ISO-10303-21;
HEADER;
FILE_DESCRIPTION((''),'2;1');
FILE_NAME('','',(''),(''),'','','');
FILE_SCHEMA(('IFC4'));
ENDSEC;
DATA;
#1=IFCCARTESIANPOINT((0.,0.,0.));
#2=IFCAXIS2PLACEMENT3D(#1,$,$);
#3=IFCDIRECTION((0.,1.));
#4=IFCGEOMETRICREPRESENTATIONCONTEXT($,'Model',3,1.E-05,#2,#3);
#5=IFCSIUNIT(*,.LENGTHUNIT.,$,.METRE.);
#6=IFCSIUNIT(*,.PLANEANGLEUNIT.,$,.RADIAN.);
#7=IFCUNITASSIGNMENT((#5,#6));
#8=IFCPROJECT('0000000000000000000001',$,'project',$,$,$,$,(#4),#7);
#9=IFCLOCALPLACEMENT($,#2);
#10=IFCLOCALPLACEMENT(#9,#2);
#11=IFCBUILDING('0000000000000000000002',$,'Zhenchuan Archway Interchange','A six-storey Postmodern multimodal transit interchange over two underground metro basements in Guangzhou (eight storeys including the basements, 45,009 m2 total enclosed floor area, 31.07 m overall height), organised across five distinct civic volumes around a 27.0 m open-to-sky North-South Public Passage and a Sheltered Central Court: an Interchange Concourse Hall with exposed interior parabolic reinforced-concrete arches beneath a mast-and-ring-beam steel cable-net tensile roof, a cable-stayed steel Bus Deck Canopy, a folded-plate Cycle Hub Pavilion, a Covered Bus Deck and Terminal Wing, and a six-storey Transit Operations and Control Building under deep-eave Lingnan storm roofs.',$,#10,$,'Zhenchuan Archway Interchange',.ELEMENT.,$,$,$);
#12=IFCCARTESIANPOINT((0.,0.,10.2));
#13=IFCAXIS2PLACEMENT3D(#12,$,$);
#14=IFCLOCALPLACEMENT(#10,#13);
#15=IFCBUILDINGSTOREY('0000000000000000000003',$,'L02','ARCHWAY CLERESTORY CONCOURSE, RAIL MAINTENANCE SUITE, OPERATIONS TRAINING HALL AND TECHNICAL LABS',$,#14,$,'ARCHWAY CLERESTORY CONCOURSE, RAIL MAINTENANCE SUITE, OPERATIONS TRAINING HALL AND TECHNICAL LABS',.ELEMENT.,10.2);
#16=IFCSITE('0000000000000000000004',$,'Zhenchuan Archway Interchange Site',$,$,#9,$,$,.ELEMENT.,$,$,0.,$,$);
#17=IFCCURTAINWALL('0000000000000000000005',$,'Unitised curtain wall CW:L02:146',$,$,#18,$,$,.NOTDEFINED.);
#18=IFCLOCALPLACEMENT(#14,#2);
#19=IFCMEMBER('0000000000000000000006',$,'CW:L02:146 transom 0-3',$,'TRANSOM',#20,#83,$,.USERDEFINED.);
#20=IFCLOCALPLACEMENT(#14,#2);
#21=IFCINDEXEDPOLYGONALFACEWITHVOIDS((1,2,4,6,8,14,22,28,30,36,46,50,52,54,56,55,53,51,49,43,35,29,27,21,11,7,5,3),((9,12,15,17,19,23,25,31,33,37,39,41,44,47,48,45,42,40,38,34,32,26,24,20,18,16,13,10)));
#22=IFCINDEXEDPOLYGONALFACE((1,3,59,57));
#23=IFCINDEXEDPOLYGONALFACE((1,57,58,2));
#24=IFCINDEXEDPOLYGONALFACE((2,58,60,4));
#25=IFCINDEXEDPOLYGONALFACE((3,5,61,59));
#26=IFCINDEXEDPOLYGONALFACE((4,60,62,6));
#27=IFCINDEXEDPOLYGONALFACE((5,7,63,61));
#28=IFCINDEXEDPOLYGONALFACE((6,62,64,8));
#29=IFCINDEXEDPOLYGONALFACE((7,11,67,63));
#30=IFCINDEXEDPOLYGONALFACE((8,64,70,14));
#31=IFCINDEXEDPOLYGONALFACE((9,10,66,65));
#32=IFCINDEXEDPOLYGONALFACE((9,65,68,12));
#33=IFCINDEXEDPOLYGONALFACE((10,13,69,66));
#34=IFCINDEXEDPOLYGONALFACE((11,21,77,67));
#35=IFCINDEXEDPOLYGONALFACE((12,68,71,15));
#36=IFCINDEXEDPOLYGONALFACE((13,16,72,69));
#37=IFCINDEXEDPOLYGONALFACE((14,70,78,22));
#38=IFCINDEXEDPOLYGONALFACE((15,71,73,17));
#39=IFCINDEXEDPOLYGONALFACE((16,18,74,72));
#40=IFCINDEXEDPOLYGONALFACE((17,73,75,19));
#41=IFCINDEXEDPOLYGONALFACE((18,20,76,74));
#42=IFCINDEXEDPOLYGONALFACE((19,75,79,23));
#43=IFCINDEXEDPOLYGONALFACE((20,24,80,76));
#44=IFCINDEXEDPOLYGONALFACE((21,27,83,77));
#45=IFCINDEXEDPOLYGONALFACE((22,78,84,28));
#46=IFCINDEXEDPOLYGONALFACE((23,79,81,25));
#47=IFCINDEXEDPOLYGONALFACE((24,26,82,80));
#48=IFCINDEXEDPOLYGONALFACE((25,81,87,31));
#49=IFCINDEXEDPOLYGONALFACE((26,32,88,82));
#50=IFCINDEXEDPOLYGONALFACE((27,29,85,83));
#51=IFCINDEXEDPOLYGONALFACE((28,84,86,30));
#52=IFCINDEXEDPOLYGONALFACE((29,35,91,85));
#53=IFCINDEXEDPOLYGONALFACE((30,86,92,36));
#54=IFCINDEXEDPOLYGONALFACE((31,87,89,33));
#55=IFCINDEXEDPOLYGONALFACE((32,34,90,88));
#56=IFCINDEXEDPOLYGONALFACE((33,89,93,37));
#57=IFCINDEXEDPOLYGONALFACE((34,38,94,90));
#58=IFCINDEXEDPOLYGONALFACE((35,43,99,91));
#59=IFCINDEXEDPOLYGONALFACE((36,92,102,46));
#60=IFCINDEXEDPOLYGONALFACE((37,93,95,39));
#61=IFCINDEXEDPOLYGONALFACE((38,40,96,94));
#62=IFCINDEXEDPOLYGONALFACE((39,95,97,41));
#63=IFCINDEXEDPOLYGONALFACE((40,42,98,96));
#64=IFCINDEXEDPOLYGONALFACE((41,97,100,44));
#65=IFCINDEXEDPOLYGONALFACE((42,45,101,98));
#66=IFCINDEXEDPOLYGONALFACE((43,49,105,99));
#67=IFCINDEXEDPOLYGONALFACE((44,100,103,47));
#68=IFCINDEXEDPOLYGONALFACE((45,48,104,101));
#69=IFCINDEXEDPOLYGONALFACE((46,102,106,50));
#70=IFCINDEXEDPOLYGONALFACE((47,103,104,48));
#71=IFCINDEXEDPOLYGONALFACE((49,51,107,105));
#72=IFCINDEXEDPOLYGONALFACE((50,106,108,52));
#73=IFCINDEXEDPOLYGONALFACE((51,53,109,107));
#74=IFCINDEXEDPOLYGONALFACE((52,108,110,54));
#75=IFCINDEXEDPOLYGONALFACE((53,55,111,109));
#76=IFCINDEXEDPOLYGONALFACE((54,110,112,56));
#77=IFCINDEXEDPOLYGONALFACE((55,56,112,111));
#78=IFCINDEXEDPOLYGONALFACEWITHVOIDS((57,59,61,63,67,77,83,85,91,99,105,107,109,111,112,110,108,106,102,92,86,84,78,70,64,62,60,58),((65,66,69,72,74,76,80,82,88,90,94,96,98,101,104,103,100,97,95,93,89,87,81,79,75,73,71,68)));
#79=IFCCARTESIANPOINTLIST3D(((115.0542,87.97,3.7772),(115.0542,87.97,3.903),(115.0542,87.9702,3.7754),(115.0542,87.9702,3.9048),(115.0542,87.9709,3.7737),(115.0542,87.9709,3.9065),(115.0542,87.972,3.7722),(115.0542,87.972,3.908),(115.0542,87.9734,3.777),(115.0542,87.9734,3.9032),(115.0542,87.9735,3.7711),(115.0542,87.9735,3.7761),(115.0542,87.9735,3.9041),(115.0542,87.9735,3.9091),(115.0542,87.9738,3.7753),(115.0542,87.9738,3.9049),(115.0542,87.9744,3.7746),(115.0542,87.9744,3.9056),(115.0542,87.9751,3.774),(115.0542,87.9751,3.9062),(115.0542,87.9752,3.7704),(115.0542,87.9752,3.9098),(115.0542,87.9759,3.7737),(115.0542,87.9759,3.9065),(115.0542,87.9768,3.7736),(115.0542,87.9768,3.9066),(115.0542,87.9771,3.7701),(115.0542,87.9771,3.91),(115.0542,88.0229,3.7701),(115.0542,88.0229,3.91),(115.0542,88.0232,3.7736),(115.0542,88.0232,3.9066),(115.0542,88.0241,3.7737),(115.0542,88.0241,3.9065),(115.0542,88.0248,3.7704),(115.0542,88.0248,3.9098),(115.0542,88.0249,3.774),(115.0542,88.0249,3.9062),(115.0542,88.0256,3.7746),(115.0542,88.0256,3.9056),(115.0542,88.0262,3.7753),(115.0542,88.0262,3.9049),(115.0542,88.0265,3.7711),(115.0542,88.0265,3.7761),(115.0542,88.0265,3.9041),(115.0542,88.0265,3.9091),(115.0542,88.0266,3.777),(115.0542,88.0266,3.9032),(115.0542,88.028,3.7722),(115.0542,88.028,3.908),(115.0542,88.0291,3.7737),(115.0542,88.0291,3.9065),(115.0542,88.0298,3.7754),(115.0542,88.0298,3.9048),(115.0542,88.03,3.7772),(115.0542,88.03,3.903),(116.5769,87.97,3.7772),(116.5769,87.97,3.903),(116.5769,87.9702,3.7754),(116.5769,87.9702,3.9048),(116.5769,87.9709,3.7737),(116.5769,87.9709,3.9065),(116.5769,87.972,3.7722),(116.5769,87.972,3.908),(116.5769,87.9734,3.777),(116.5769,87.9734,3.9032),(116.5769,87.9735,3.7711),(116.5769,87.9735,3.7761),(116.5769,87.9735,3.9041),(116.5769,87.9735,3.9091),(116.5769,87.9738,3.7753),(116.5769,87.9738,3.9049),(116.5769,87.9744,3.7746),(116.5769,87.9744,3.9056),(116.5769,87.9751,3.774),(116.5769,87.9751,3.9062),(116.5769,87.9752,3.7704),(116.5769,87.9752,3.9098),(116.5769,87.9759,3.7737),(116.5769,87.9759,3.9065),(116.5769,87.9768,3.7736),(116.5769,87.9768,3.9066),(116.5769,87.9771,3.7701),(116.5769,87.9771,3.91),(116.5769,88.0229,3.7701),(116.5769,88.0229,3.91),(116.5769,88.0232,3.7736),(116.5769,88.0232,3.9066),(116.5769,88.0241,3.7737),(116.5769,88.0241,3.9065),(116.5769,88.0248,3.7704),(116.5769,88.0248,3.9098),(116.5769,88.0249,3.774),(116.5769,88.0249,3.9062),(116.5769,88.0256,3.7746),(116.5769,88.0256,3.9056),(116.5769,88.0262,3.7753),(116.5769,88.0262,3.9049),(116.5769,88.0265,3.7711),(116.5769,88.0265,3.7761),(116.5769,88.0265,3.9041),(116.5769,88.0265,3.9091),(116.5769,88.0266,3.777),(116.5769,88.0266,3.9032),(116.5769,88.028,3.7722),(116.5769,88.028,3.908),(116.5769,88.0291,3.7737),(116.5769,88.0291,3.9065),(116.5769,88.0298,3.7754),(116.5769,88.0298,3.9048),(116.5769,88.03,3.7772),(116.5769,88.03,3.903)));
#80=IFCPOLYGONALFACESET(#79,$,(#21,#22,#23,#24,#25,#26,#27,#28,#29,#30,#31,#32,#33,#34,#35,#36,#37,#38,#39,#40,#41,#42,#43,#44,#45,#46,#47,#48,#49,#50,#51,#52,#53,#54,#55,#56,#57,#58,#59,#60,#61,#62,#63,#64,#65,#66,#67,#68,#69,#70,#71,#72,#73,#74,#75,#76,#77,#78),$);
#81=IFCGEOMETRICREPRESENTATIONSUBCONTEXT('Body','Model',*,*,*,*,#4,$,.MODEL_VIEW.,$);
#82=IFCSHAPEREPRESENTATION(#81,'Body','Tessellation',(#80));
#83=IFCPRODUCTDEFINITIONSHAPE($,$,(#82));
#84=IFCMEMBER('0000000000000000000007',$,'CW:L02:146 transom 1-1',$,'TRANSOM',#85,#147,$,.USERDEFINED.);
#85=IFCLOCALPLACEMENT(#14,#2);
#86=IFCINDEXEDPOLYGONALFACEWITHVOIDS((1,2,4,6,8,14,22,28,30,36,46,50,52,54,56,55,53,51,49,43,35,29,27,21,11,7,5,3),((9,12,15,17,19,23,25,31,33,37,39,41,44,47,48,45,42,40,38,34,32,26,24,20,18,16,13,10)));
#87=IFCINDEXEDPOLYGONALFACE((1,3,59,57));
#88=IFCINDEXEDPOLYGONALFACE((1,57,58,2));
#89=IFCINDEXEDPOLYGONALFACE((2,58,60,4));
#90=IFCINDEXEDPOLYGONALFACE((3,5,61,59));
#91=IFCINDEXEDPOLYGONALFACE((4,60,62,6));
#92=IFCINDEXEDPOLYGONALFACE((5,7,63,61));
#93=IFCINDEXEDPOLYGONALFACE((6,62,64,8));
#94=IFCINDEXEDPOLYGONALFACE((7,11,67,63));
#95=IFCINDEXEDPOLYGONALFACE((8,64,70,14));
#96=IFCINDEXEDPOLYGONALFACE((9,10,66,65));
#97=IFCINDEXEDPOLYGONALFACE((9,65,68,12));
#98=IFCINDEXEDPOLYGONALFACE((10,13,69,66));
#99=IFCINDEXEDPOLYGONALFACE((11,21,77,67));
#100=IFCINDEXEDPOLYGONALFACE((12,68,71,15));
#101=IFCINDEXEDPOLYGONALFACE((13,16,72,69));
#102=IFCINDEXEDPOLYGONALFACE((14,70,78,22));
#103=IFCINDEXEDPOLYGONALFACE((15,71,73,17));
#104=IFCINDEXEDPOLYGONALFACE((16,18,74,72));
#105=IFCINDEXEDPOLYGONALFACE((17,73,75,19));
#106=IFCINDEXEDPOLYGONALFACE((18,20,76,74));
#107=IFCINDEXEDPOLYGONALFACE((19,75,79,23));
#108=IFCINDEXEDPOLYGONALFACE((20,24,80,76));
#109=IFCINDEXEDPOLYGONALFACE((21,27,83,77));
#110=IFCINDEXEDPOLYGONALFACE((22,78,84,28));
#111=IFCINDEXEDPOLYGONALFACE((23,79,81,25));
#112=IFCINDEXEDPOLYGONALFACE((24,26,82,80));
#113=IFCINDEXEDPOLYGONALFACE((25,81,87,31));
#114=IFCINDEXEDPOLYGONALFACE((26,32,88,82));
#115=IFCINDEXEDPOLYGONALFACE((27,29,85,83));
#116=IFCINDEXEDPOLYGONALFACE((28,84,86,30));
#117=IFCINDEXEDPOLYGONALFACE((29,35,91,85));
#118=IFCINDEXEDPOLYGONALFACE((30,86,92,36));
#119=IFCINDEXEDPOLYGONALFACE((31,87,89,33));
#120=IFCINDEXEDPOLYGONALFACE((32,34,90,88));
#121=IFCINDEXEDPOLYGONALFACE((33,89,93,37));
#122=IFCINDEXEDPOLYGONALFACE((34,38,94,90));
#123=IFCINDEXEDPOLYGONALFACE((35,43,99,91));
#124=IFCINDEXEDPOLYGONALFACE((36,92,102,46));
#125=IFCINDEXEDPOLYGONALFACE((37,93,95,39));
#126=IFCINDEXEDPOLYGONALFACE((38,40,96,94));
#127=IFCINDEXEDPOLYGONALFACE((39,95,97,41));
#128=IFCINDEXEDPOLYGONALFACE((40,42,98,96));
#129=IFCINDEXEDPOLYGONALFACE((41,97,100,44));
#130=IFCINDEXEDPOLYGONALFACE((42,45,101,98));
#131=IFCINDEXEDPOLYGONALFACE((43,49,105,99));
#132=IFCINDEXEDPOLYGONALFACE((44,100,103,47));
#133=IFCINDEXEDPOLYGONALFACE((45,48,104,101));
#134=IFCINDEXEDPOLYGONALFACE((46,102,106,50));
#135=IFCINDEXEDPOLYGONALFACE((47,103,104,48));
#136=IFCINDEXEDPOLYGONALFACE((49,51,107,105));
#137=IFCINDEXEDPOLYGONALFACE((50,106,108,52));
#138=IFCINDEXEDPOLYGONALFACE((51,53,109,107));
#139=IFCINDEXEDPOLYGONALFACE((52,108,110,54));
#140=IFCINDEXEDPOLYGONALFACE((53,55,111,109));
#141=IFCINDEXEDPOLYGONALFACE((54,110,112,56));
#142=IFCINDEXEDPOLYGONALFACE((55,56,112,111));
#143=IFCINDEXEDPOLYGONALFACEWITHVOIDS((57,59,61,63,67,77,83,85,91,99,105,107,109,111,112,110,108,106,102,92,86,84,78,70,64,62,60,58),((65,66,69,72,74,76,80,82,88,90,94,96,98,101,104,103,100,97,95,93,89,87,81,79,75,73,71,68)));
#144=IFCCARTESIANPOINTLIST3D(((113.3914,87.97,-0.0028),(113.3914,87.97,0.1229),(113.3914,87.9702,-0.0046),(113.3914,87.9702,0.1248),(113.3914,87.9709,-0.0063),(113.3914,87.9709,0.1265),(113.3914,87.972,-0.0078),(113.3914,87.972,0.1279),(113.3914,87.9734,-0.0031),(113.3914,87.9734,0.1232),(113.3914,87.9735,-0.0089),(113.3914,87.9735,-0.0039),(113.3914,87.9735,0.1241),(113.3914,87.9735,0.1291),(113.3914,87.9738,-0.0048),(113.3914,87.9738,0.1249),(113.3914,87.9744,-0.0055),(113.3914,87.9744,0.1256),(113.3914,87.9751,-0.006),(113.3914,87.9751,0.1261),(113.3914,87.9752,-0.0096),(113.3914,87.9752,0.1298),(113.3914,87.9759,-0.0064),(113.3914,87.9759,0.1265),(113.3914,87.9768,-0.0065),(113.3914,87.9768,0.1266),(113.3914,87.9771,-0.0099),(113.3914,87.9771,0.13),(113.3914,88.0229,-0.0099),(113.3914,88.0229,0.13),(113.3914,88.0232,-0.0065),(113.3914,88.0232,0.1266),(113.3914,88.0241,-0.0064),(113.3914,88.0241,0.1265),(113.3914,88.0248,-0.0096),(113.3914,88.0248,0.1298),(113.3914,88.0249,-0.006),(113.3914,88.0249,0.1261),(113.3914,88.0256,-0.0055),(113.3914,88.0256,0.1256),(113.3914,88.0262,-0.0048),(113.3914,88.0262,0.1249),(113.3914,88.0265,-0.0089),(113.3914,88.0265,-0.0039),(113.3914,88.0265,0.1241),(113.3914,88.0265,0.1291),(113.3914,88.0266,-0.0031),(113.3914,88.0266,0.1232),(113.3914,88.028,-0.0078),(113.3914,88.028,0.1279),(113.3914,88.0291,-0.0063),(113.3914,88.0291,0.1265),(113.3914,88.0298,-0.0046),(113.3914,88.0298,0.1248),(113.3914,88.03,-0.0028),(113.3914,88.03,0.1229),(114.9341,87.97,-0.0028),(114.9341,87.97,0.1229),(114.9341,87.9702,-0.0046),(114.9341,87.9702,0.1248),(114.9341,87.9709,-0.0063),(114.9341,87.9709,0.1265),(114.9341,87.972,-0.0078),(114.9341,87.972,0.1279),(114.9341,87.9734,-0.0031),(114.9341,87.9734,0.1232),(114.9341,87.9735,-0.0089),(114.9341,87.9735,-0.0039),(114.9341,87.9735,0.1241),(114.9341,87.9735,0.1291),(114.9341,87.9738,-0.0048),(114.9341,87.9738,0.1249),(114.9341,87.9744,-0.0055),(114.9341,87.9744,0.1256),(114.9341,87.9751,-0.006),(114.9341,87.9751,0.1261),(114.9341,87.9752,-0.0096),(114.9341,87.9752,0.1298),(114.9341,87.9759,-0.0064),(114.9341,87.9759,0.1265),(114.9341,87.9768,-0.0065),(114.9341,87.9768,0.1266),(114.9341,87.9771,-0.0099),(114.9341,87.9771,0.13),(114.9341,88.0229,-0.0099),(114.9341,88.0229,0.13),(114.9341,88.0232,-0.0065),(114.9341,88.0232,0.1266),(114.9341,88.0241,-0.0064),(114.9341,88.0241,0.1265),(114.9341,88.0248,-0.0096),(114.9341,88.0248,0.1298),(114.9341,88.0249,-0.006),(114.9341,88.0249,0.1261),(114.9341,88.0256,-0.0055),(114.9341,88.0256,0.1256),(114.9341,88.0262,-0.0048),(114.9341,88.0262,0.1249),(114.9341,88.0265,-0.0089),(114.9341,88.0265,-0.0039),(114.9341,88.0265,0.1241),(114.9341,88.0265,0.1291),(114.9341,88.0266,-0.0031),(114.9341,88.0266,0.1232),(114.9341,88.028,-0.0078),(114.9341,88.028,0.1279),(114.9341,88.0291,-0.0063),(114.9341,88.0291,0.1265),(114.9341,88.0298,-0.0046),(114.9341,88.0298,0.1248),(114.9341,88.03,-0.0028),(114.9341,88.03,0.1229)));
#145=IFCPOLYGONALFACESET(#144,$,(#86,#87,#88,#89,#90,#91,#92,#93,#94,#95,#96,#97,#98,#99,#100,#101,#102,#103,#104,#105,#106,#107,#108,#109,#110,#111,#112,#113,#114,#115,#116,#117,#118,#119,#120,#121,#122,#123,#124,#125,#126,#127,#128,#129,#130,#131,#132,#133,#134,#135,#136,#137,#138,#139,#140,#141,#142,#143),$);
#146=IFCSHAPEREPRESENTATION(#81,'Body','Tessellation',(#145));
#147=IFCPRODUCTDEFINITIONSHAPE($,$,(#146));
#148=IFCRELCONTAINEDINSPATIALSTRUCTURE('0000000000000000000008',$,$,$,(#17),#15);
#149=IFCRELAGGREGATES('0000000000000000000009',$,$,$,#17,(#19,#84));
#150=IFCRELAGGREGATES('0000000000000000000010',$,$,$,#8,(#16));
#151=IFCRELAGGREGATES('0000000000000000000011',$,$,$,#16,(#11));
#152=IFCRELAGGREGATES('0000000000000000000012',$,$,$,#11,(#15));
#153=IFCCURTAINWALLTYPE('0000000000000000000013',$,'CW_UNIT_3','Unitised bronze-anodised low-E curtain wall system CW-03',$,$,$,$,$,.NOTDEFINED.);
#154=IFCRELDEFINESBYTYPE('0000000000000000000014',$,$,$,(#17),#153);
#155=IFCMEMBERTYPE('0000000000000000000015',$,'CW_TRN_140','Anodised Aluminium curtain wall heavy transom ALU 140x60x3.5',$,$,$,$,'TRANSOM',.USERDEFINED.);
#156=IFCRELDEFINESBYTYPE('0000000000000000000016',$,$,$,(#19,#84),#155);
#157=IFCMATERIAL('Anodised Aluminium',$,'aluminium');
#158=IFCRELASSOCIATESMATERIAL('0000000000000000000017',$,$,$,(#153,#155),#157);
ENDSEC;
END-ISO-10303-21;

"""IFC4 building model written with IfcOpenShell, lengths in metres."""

from ifc_helpers import new_model, si_unit, direction, frame, origin, origin_2d, place, context, subcontext, project, spatial, hollow_rectangle, extrude, material, material_profile, profile_set, type_object, element, aggregate, save


model = new_model("IFC4")

# Units and contexts
model_context = context("Model", 3, precision=1e-05, world=origin(), true_north=direction((0.0, 1.0)))
body_context = subcontext(model_context, "Body", "Model", "MODEL_VIEW")
ifc_project = project(units=[si_unit("LENGTHUNIT", "METRE"), si_unit("PLANEANGLEUNIT", "RADIAN")], contexts=[model_context])

# Site, building, storey
site_placement = place(None, origin())
site = spatial("IfcSite", under=ifc_project, at=site_placement, Name="Zhenchuan Archway Interchange Site", CompositionType="ELEMENT", RefElevation=0.0)
building_placement = place(site_placement, origin())
building = spatial("IfcBuilding", under=site, at=building_placement, Name="Zhenchuan Archway Interchange", Description="A six-storey Postmodern multimodal transit interchange over two underground metro basements in Guangzhou (eight storeys including the basements, 45,009 m2 total enclosed floor area, 31.07 m overall height), organised across five distinct civic volumes around a 27.0 m open-to-sky North-South Public Passage and a Sheltered Central Court: an Interchange Concourse Hall with exposed interior parabolic reinforced-concrete arches beneath a mast-and-ring-beam steel cable-net tensile roof, a cable-stayed steel Bus Deck Canopy, a folded-plate Cycle Hub Pavilion, a Covered Bus Deck and Terminal Wing, and a six-storey Transit Operations and Control Building under deep-eave Lingnan storm roofs.", LongName="Zhenchuan Archway Interchange", CompositionType="ELEMENT")
storey_placement = place(building_placement, frame((0.0, 0.0, 10.2)))
storey = spatial("IfcBuildingStorey", under=building, at=storey_placement, Name="L02", Description="ARCHWAY CLERESTORY CONCOURSE, RAIL MAINTENANCE SUITE, OPERATIONS TRAINING HALL AND TECHNICAL LABS", LongName="ARCHWAY CLERESTORY CONCOURSE, RAIL MAINTENANCE SUITE, OPERATIONS TRAINING HALL AND TECHNICAL LABS", CompositionType="ELEMENT", Elevation=10.2)

# Curtain wall, members
ifc_material_1 = material(Name="Anodised Aluminium", Category="aluminium")
curtain_wall_type = type_object("IfcCurtainWallType", Name="CW_UNIT_3", Description="Unitised bronze-anodised low-E curtain wall system CW-03", PredefinedType="NOTDEFINED", material=ifc_material_1)
curtain_wall_placement = place(storey_placement, origin())
curtain_wall = element("IfcCurtainWall", 1, at=curtain_wall_placement, inside=storey, type_object=curtain_wall_type, Name="Unitised curtain wall CW:L02:146", PredefinedType="NOTDEFINED")
ifc_material_profile_1 = material_profile(ifc_material_1, hollow_rectangle(XDim=0.0601, YDim=0.1399, WallThickness=0.0034, InnerFilletRadius=0.0034, OuterFilletRadius=0.0071, at=origin_2d()), Name="ALU 140x60x3.5")
ifc_profile_set_1 = profile_set([ifc_material_profile_1], Name="Anodised Aluminium")
member_type_1 = type_object("IfcMemberType", Name="CW_TRN_140", Description="Anodised Aluminium curtain wall heavy transom ALU 140x60x3.5", ElementType="TRANSOM", PredefinedType="USERDEFINED", material=ifc_profile_set_1)
member_1_placement = place(storey_placement, frame((116.5769, 88.0, 3.8401), z_axis=(-1.0, 0.0, 0.0), x_axis=(0.0, -1.0, 0.0)))
member_1 = element("IfcMember", 2, at=member_1_placement, type_object=member_type_1, Name="CW:L02:146 transom 0-3", ObjectType="TRANSOM", PredefinedType="USERDEFINED", context=body_context, shape_type="SweptSolid", body=[
    extrude(hollow_rectangle(XDim=0.0601, YDim=0.1399, WallThickness=0.0034, InnerFilletRadius=0.0034, OuterFilletRadius=0.0071, at=origin_2d()), origin(), (0.0, 0.0, 1.0), 1.5227),
])
member_2_placement = place(storey_placement, frame((114.9341, 88.0, 0.0601), z_axis=(-1.0, 0.0, 0.0), x_axis=(0.0, -1.0, 0.0)))
member_2 = element("IfcMember", 3, at=member_2_placement, type_object=member_type_1, Name="CW:L02:146 transom 1-1", ObjectType="TRANSOM", PredefinedType="USERDEFINED", context=body_context, shape_type="SweptSolid", body=[
    extrude(hollow_rectangle(XDim=0.0601, YDim=0.1399, WallThickness=0.0034, InnerFilletRadius=0.0034, OuterFilletRadius=0.0071, at=origin_2d()), origin(), (0.0, 0.0, 1.0), 1.5427),
])

aggregate(curtain_wall, [member_1, member_2])

save(model, "model.ifc")
